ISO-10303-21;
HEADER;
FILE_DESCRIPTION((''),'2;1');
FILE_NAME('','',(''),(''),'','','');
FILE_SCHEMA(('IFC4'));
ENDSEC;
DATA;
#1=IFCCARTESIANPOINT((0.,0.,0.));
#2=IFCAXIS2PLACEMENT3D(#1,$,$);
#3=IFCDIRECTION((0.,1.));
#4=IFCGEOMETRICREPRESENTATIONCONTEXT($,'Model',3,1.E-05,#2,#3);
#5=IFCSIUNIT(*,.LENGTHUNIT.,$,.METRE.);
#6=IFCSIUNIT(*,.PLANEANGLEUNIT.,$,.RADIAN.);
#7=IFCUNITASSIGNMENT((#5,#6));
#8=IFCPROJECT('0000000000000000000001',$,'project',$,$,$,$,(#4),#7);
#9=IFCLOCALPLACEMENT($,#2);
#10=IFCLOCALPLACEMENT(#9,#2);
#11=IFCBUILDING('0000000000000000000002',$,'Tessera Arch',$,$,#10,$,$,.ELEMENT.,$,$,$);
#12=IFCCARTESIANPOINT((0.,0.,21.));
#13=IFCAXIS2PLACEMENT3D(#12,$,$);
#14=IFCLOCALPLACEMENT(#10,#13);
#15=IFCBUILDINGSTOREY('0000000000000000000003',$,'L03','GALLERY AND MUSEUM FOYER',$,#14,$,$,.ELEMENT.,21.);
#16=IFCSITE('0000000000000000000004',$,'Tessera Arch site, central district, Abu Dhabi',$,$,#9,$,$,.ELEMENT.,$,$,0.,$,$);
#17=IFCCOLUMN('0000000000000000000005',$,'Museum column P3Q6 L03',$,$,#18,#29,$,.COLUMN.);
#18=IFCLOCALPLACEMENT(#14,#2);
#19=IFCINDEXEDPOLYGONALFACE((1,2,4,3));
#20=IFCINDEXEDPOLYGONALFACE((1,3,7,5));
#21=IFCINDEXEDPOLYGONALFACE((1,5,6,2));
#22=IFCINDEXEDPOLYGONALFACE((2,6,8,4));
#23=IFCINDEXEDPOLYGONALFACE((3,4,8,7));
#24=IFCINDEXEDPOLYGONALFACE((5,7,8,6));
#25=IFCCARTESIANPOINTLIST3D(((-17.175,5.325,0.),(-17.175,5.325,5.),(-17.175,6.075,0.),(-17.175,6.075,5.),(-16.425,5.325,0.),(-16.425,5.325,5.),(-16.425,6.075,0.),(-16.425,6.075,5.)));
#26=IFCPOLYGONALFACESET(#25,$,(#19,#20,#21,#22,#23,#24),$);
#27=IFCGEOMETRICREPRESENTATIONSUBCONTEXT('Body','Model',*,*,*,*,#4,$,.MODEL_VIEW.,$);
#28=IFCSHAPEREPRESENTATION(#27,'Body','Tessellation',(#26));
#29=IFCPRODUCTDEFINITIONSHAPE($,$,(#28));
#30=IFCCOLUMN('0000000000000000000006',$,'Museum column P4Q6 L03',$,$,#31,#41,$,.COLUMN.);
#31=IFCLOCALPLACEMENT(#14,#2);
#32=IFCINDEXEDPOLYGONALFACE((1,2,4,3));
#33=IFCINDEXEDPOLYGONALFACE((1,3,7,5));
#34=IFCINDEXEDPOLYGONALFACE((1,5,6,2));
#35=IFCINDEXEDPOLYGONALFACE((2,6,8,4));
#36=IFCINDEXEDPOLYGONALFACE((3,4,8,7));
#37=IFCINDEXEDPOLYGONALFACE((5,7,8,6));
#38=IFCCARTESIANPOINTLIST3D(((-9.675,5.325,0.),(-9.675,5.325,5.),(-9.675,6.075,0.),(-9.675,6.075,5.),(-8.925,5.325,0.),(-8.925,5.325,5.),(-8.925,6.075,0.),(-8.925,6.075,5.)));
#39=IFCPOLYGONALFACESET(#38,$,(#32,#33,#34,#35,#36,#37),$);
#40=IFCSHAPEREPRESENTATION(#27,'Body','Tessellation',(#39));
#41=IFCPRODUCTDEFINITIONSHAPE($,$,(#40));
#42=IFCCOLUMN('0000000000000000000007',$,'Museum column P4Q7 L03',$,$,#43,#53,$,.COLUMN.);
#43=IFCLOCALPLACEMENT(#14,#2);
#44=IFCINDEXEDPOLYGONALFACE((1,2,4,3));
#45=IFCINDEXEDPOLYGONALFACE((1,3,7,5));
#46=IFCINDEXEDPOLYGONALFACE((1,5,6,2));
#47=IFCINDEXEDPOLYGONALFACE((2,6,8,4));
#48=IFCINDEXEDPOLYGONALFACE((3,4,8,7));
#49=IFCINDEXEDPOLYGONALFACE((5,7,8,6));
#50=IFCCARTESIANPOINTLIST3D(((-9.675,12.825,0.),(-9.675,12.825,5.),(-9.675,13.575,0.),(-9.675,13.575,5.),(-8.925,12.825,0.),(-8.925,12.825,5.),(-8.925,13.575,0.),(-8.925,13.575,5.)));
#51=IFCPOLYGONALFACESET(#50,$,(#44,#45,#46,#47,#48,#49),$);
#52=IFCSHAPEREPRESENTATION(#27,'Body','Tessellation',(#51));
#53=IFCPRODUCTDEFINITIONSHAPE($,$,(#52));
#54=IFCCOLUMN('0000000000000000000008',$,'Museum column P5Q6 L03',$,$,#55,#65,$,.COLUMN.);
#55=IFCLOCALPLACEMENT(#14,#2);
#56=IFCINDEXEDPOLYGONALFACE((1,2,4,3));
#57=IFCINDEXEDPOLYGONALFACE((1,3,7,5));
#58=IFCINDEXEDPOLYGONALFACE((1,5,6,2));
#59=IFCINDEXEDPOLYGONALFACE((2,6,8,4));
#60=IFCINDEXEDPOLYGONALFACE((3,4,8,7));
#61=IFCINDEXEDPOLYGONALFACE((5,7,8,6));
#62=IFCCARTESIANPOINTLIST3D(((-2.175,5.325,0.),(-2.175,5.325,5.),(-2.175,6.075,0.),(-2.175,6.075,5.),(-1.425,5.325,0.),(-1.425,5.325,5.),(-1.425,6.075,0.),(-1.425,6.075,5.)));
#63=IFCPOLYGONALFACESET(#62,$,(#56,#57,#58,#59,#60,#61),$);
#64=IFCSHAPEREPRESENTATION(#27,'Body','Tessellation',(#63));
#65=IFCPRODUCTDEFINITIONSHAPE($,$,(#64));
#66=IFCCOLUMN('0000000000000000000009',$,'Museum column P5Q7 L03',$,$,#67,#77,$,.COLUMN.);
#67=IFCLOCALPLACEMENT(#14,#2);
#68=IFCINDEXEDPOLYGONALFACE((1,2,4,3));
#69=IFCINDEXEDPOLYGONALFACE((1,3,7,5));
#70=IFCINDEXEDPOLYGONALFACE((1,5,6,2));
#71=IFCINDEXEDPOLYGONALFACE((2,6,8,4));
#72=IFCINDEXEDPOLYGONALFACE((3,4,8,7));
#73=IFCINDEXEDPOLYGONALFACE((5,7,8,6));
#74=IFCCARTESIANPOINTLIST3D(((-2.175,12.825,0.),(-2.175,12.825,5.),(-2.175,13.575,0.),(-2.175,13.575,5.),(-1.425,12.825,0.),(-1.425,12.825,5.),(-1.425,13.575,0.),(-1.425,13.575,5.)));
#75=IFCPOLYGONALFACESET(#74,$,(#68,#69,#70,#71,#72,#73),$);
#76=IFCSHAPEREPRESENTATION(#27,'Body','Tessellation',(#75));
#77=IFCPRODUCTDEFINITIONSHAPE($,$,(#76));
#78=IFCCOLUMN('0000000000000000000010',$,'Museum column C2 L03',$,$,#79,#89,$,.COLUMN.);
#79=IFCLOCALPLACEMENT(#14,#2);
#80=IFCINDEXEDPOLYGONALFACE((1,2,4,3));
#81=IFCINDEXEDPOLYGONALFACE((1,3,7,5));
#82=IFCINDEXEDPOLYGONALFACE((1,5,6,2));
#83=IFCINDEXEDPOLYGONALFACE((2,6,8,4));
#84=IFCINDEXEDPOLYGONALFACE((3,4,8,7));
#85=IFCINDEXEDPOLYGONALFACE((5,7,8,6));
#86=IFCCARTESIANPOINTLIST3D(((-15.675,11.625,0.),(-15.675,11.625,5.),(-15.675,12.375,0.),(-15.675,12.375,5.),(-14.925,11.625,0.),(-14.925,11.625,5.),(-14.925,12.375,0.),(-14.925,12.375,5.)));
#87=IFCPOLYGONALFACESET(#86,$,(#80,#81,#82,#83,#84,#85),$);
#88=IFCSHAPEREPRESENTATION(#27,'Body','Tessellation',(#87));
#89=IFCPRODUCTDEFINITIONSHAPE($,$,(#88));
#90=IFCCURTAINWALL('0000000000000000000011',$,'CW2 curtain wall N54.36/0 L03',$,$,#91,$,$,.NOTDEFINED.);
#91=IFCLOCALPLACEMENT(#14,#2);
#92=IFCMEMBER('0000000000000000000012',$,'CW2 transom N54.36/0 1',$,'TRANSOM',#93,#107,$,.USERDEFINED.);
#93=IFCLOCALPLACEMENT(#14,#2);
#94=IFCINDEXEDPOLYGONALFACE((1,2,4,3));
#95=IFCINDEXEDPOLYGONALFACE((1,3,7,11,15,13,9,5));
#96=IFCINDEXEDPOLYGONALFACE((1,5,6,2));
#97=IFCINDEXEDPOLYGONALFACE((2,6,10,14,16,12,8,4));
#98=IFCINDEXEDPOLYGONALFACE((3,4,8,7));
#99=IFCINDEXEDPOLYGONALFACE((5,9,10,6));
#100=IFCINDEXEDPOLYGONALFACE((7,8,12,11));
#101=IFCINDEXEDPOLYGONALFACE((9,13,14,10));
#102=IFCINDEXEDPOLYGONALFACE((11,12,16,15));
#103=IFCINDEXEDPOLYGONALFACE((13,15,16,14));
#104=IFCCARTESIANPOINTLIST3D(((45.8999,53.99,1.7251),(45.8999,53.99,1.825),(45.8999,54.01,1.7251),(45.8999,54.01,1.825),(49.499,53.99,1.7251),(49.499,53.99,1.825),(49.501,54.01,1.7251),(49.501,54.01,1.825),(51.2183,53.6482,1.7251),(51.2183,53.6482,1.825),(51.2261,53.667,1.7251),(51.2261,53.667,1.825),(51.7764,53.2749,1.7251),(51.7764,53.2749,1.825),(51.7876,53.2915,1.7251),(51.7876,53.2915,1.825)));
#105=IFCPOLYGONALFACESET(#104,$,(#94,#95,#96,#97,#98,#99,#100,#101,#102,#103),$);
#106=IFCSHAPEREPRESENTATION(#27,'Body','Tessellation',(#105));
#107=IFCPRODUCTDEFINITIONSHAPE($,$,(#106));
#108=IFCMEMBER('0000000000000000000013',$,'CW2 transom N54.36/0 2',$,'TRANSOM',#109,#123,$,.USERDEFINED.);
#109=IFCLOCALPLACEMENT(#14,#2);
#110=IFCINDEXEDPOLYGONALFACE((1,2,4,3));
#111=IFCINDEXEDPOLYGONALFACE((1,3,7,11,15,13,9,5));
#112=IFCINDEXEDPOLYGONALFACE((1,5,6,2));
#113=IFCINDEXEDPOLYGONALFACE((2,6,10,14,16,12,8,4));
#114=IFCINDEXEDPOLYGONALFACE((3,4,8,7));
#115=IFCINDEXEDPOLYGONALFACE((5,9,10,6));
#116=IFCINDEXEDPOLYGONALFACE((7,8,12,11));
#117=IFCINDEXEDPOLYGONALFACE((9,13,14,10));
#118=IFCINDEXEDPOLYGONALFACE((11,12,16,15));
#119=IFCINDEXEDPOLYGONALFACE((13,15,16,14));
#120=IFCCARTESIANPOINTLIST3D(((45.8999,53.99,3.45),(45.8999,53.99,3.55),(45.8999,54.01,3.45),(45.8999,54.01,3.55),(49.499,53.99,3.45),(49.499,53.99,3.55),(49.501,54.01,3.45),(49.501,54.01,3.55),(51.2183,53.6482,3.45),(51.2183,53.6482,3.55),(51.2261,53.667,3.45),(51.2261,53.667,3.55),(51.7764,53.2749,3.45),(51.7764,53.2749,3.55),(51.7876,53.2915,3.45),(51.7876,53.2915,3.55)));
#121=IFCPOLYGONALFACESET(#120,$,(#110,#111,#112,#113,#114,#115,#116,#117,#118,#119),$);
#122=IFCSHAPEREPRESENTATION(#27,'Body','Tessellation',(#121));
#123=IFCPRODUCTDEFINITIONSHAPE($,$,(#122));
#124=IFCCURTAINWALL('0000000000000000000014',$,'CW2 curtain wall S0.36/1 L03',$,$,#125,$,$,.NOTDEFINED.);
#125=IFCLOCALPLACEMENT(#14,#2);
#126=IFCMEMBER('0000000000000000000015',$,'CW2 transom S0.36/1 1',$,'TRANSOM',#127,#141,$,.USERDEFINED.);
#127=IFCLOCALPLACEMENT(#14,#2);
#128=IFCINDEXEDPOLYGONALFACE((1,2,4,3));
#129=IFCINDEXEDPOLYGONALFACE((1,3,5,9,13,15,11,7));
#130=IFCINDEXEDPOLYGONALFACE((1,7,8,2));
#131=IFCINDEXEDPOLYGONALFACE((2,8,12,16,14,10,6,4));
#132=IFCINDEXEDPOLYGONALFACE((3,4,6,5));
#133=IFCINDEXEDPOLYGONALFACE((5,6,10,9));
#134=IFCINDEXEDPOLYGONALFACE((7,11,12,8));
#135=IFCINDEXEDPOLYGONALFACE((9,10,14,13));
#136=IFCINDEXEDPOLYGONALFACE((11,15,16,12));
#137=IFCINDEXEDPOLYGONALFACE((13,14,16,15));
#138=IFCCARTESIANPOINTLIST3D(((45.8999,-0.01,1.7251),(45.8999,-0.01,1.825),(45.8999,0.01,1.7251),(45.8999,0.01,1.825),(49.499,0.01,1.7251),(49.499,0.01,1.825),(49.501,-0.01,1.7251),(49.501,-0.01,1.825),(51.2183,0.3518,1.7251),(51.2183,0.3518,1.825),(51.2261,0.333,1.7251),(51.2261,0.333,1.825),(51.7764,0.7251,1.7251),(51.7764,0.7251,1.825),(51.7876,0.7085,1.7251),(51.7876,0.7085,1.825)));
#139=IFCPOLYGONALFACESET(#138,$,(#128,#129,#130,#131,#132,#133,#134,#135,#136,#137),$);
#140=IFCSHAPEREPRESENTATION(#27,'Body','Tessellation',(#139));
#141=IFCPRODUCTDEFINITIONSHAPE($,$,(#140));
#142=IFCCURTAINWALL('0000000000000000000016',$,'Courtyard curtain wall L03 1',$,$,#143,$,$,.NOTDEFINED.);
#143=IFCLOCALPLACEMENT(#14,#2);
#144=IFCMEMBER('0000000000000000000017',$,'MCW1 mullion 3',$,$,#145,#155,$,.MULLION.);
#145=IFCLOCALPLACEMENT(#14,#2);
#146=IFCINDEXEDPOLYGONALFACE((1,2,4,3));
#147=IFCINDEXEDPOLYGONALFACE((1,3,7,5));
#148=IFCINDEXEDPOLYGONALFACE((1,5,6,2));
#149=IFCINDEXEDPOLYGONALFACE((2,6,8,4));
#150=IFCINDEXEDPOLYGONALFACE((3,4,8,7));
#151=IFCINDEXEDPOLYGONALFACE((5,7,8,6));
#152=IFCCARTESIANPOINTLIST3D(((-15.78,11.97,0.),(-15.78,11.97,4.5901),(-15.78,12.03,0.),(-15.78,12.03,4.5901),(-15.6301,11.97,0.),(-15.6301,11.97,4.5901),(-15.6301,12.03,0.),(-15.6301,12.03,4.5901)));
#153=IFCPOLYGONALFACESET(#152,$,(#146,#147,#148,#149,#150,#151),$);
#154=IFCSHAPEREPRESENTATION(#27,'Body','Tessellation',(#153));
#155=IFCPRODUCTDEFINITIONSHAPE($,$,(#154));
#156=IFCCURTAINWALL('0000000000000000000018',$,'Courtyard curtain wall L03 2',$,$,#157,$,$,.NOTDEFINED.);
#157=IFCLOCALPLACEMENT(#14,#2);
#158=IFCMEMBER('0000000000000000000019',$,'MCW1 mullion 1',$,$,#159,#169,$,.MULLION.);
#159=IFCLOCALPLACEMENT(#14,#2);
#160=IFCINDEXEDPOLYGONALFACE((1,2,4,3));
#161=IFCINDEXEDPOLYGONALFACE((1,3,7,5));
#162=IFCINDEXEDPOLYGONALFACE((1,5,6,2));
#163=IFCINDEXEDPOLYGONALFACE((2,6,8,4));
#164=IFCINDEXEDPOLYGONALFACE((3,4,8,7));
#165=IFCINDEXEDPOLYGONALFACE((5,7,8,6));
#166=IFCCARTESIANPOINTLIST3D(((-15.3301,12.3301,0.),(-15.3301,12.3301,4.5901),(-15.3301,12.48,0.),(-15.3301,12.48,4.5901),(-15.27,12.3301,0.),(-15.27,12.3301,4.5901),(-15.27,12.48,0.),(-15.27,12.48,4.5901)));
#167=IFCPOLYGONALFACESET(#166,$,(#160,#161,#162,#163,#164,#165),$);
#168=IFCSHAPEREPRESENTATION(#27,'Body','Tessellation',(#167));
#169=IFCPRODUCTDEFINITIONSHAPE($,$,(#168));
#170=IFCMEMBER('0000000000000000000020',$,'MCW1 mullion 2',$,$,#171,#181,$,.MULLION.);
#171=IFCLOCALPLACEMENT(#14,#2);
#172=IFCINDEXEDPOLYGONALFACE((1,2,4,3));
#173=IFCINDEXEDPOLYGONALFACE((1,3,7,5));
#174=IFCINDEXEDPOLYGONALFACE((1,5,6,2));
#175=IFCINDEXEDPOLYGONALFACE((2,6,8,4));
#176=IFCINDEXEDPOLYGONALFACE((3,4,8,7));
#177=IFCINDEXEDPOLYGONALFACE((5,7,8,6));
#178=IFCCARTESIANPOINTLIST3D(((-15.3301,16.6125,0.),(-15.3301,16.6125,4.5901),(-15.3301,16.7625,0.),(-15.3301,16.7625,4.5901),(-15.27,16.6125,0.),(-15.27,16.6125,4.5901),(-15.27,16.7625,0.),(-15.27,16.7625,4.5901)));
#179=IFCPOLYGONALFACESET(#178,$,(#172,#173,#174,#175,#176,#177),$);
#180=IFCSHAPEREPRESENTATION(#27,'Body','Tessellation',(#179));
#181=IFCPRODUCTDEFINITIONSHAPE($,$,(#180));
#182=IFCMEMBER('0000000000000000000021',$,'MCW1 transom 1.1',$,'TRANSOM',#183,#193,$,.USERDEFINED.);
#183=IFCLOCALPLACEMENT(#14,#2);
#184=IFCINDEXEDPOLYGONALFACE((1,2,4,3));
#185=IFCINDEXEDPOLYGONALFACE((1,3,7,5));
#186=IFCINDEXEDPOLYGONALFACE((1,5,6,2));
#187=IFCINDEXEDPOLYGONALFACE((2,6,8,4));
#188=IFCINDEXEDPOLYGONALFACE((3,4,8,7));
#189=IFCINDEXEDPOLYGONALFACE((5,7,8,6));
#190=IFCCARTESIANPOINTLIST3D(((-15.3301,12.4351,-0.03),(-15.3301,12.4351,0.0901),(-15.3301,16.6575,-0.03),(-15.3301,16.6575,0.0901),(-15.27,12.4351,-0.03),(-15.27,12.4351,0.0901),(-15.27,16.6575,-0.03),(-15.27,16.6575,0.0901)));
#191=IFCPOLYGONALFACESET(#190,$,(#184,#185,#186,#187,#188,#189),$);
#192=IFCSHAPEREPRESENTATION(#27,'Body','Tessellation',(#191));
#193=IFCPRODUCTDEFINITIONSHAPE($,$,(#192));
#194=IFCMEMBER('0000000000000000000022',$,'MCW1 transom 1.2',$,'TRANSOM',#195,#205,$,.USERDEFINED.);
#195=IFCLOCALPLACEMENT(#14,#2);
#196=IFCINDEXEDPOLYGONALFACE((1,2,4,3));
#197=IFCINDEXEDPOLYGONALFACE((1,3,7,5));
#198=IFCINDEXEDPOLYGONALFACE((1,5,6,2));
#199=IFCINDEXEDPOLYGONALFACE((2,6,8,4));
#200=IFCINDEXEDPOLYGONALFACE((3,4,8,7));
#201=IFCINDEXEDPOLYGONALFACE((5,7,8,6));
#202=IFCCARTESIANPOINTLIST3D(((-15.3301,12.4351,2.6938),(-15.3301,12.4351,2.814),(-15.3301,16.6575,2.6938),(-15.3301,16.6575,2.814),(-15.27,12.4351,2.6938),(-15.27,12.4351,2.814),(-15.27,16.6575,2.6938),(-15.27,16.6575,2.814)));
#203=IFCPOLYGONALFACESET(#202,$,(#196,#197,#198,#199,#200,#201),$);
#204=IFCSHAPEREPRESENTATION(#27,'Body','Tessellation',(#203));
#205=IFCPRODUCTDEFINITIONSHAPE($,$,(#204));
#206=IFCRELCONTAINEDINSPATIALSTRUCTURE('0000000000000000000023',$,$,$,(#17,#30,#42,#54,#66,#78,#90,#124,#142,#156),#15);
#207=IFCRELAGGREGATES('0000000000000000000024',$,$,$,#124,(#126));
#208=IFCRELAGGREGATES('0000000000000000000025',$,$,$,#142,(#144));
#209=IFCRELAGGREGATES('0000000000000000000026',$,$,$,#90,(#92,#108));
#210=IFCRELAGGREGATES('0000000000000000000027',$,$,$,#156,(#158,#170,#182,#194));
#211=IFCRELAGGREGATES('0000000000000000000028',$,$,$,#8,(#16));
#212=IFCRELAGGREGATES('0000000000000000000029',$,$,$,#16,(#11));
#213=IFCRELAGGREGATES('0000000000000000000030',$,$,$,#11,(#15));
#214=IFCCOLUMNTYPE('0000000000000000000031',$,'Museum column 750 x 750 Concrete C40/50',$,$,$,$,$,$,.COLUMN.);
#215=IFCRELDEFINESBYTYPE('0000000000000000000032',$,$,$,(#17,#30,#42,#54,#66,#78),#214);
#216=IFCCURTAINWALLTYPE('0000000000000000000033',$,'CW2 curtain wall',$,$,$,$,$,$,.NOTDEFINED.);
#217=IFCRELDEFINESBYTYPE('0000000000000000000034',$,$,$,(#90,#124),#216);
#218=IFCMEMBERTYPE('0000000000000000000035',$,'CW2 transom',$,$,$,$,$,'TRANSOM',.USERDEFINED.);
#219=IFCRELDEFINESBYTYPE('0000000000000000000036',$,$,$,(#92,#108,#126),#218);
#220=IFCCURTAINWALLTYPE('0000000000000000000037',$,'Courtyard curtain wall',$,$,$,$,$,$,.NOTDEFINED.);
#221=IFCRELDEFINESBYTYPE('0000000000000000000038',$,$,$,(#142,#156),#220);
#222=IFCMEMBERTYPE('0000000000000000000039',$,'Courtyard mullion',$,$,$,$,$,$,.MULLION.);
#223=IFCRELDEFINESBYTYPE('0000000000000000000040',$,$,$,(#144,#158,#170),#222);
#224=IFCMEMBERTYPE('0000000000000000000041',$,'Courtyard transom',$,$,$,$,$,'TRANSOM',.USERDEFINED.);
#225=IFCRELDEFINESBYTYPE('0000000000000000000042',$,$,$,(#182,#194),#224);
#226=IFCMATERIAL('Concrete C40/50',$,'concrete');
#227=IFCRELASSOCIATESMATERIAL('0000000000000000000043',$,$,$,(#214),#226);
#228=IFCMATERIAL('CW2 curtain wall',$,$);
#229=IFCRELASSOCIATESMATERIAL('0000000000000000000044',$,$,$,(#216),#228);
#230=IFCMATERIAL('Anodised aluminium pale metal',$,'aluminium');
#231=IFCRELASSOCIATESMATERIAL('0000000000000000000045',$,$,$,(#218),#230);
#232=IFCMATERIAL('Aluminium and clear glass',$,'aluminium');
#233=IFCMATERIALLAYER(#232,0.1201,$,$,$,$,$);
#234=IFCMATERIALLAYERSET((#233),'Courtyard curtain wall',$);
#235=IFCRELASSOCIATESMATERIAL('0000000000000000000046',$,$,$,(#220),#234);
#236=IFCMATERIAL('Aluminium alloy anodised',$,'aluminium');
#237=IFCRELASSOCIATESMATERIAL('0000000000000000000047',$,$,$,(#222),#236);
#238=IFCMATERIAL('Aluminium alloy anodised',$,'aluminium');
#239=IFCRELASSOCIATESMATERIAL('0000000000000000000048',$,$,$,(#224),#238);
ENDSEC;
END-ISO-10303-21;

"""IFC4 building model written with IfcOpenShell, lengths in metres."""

from ifc_helpers import new_model, si_unit, direction, frame, origin, origin_2d, place, context, subcontext, project, spatial, polyline, rectangle, outline, extrude, material, layer, layer_set, material_profile, profile_set, type_object, element, aggregate, save


model = new_model("IFC4")

# Units and contexts
model_context = context("Model", 3, precision=1e-05, world=origin(), true_north=direction((0.0, 1.0)))
body_context = subcontext(model_context, "Body", "Model", "MODEL_VIEW")
ifc_project = project(units=[si_unit("LENGTHUNIT", "METRE"), si_unit("PLANEANGLEUNIT", "RADIAN")], contexts=[model_context])

# Site, building, storey
site_placement = place(None, origin())
site = spatial("IfcSite", under=ifc_project, at=site_placement, Name="Tessera Arch site, central district, Abu Dhabi", CompositionType="ELEMENT", RefElevation=0.0)
building_placement = place(site_placement, origin())
building = spatial("IfcBuilding", under=site, at=building_placement, Name="Tessera Arch", CompositionType="ELEMENT")
storey_placement = place(building_placement, frame((0.0, 0.0, 21.0)))
storey = spatial("IfcBuildingStorey", under=building, at=storey_placement, Name="L03", Description="GALLERY AND MUSEUM FOYER", CompositionType="ELEMENT", Elevation=21.0)

# Columns
ifc_material_1 = material(Name="Concrete C40/50", Category="concrete")
ifc_material_profile_1 = material_profile(ifc_material_1, rectangle(XDim=0.75, YDim=0.75, at=origin_2d()), Name="Museum column 750 x 750 Concrete C40/50")
ifc_profile_set_1 = profile_set([ifc_material_profile_1], Name="Concrete C40/50")
column_type = type_object("IfcColumnType", Name="Museum column 750 x 750 Concrete C40/50", PredefinedType="COLUMN", material=ifc_profile_set_1)
for number, where, z_axis, x_axis, name in (
    (1, (-16.8, 5.7, 0.0), (0.0, 0.0, 1.0), (1.0, 0.0, 0.0), "Museum column P3Q6 L03"),
    (2, (-9.3, 5.7, 0.0), (0.0, 0.0, 1.0), (1.0, 0.0, 0.0), "Museum column P4Q6 L03"),
    (3, (-9.3, 13.2, 0.0), (0.0, 0.0, 1.0), (1.0, 0.0, 0.0), "Museum column P4Q7 L03"),
    (4, (-1.8, 5.7, 0.0), (0.0, 0.0, 1.0), (1.0, 0.0, 0.0), "Museum column P5Q6 L03"),
    (5, (-1.8, 13.2, 0.0), (0.0, 0.0, 1.0), (1.0, 0.0, 0.0), "Museum column P5Q7 L03"),
    (6, (-15.3, 12.0, 0.0), (0.0, 0.0, 1.0), (1.0, 0.0, 0.0), "Museum column C2 L03"),
):
    element("IfcColumn", number, at=place(storey_placement, frame(where, z_axis=z_axis, x_axis=x_axis)), inside=storey, type_object=column_type, Name=name, PredefinedType="COLUMN", context=body_context, shape_type="SweptSolid", body=[
        extrude(rectangle(XDim=0.75, YDim=0.75, at=origin_2d()), origin(), (0.0, 0.0, 1.0), 5.0),
    ])

# Curtain wall, members
ifc_material_2 = material(Name="CW2 curtain wall")
curtain_wall_type_1 = type_object("IfcCurtainWallType", Name="CW2 curtain wall", PredefinedType="NOTDEFINED", material=ifc_material_2)
curtain_wall_1_placement = place(storey_placement, origin())
curtain_wall_1 = element("IfcCurtainWall", 7, at=curtain_wall_1_placement, inside=storey, type_object=curtain_wall_type_1, Name="CW2 curtain wall N54.36/0 L03", PredefinedType="NOTDEFINED")
ifc_material_3 = material(Name="Anodised aluminium pale metal", Category="aluminium")
ifc_material_profile_2 = material_profile(ifc_material_3, rectangle(XDim=0.2, YDim=0.1001, at=origin_2d()), Name="AL 200x100")
ifc_profile_set_2 = profile_set([ifc_material_profile_2], Name="Anodised aluminium pale metal")
member_type_1 = type_object("IfcMemberType", Name="CW2 transom", ElementType="TRANSOM", PredefinedType="USERDEFINED", material=ifc_profile_set_2)
member_1_placement = place(storey_placement, frame((0.0, 0.0, 1.7251)))
member_1 = element("IfcMember", 8, at=member_1_placement, type_object=member_type_1, Name="CW2 transom N54.36/0 1", ObjectType="TRANSOM", PredefinedType="USERDEFINED", context=body_context, shape_type="SweptSolid", body=[
    extrude(outline(polyline([(51.2183, 53.6482), (51.7764, 53.2749), (51.7876, 53.2915), (51.2261, 53.667), (49.501, 54.01), (45.8999, 54.01), (45.8999, 53.99), (49.499, 53.99), (51.2183, 53.6482)])), origin(), (0.0, 0.0, 1.0), 0.0999),
])
member_2_placement = place(storey_placement, frame((0.0, 0.0, 3.45)))
member_2 = element("IfcMember", 9, at=member_2_placement, type_object=member_type_1, Name="CW2 transom N54.36/0 2", ObjectType="TRANSOM", PredefinedType="USERDEFINED", context=body_context, shape_type="SweptSolid", body=[
    extrude(outline(polyline([(51.2183, 53.6482), (51.7764, 53.2749), (51.7876, 53.2915), (51.2261, 53.667), (49.501, 54.01), (45.8999, 54.01), (45.8999, 53.99), (49.499, 53.99), (51.2183, 53.6482)])), origin(), (0.0, 0.0, 1.0), 0.1001),
])

# Curtain walls, members
curtain_wall_2_placement = place(storey_placement, origin())
curtain_wall_2 = element("IfcCurtainWall", 10, at=curtain_wall_2_placement, inside=storey, type_object=curtain_wall_type_1, Name="CW2 curtain wall S0.36/1 L03", PredefinedType="NOTDEFINED")
member_3_placement = place(storey_placement, frame((0.0, 0.0, 1.7251)))
member_3 = element("IfcMember", 11, at=member_3_placement, type_object=member_type_1, Name="CW2 transom S0.36/1 1", ObjectType="TRANSOM", PredefinedType="USERDEFINED", context=body_context, shape_type="SweptSolid", body=[
    extrude(outline(polyline([(49.499, 0.01), (45.8999, 0.01), (45.8999, -0.01), (49.501, -0.01), (51.2261, 0.333), (51.7876, 0.7085), (51.7764, 0.7251), (51.2183, 0.3518), (49.499, 0.01)])), origin(), (0.0, 0.0, 1.0), 0.0999),
])
aggregate(curtain_wall_2, [member_3])
ifc_material_4 = material(Name="Aluminium and clear glass", Category="aluminium")
ifc_layer_1 = layer(ifc_material_4, 0.1201)
ifc_layer_set_1 = layer_set([ifc_layer_1], Name="Courtyard curtain wall")
curtain_wall_type_2 = type_object("IfcCurtainWallType", Name="Courtyard curtain wall", PredefinedType="NOTDEFINED", material=ifc_layer_set_1)
curtain_wall_3_placement = place(storey_placement, origin())
curtain_wall_3 = element("IfcCurtainWall", 12, at=curtain_wall_3_placement, inside=storey, type_object=curtain_wall_type_2, Name="Courtyard curtain wall L03 1", PredefinedType="NOTDEFINED")
ifc_material_5 = material(Name="Aluminium alloy anodised", Category="aluminium")
ifc_material_profile_3 = material_profile(ifc_material_5, rectangle(XDim=0.0601, YDim=0.1499, at=origin_2d()), Name="Courtyard mullion")
ifc_profile_set_3 = profile_set([ifc_material_profile_3], Name="Aluminium alloy anodised")
member_type_2 = type_object("IfcMemberType", Name="Courtyard mullion", PredefinedType="MULLION", material=ifc_profile_set_3)
member_4_placement = place(storey_placement, frame((-15.7051, 12.0, 0.0), z_axis=(0.0, 0.0, 1.0), x_axis=(0.0, 1.0, 0.0)))
member_4 = element("IfcMember", 13, at=member_4_placement, type_object=member_type_2, Name="MCW1 mullion 3", PredefinedType="MULLION", context=body_context, shape_type="SweptSolid", body=[
    extrude(rectangle(XDim=0.0601, YDim=0.1499, at=origin_2d()), origin(), (0.0, 0.0, 1.0), 4.5901),
])
aggregate(curtain_wall_3, [member_4])

# Curtain wall, members
curtain_wall_4_placement = place(storey_placement, origin())
curtain_wall_4 = element("IfcCurtainWall", 14, at=curtain_wall_4_placement, inside=storey, type_object=curtain_wall_type_2, Name="Courtyard curtain wall L03 2", PredefinedType="NOTDEFINED")
member_5_placement = place(storey_placement, frame((-15.3, 12.405, 0.0), z_axis=(0.0, 0.0, 1.0), x_axis=(-1.0, 0.0, 0.0)))
member_5 = element("IfcMember", 15, at=member_5_placement, type_object=member_type_2, Name="MCW1 mullion 1", PredefinedType="MULLION", context=body_context, shape_type="SweptSolid", body=[
    extrude(rectangle(XDim=0.0601, YDim=0.1499, at=origin_2d()), origin(), (0.0, 0.0, 1.0), 4.5901),
])
member_6_placement = place(storey_placement, frame((-15.3, 16.6875, 0.0), z_axis=(0.0, 0.0, 1.0), x_axis=(-1.0, 0.0, 0.0)))
member_6 = element("IfcMember", 16, at=member_6_placement, type_object=member_type_2, Name="MCW1 mullion 2", PredefinedType="MULLION", context=body_context, shape_type="SweptSolid", body=[
    extrude(rectangle(XDim=0.0601, YDim=0.1499, at=origin_2d()), origin(), (0.0, 0.0, 1.0), 4.5901),
])
ifc_material_6 = material(Name="Aluminium alloy anodised", Category="aluminium")
ifc_material_profile_4 = material_profile(ifc_material_6, rectangle(XDim=0.0601, YDim=0.1201, at=origin_2d()), Name="Courtyard transom")
ifc_profile_set_4 = profile_set([ifc_material_profile_4], Name="Aluminium alloy anodised")
member_type_3 = type_object("IfcMemberType", Name="Courtyard transom", ElementType="TRANSOM", PredefinedType="USERDEFINED", material=ifc_profile_set_4)
member_7_placement = place(storey_placement, frame((-15.3, 12.4351, 0.03), z_axis=(0.0, 1.0, 0.0), x_axis=(-1.0, 0.0, 0.0)))
member_7 = element("IfcMember", 17, at=member_7_placement, type_object=member_type_3, Name="MCW1 transom 1.1", ObjectType="TRANSOM", PredefinedType="USERDEFINED", context=body_context, shape_type="SweptSolid", body=[
    extrude(rectangle(XDim=0.0601, YDim=0.1201, at=origin_2d()), origin(), (0.0, 0.0, 1.0), 4.2224),
])
member_8_placement = place(storey_placement, frame((-15.3, 12.4351, 2.7539), z_axis=(0.0, 1.0, 0.0), x_axis=(-1.0, 0.0, 0.0)))
member_8 = element("IfcMember", 18, at=member_8_placement, type_object=member_type_3, Name="MCW1 transom 1.2", ObjectType="TRANSOM", PredefinedType="USERDEFINED", context=body_context, shape_type="SweptSolid", body=[
    extrude(rectangle(XDim=0.0601, YDim=0.1201, at=origin_2d()), origin(), (0.0, 0.0, 1.0), 4.2224),
])

aggregate(curtain_wall_1, [member_1, member_2])
aggregate(curtain_wall_4, [member_5, member_6, member_7, member_8])

save(model, "model.ifc")
